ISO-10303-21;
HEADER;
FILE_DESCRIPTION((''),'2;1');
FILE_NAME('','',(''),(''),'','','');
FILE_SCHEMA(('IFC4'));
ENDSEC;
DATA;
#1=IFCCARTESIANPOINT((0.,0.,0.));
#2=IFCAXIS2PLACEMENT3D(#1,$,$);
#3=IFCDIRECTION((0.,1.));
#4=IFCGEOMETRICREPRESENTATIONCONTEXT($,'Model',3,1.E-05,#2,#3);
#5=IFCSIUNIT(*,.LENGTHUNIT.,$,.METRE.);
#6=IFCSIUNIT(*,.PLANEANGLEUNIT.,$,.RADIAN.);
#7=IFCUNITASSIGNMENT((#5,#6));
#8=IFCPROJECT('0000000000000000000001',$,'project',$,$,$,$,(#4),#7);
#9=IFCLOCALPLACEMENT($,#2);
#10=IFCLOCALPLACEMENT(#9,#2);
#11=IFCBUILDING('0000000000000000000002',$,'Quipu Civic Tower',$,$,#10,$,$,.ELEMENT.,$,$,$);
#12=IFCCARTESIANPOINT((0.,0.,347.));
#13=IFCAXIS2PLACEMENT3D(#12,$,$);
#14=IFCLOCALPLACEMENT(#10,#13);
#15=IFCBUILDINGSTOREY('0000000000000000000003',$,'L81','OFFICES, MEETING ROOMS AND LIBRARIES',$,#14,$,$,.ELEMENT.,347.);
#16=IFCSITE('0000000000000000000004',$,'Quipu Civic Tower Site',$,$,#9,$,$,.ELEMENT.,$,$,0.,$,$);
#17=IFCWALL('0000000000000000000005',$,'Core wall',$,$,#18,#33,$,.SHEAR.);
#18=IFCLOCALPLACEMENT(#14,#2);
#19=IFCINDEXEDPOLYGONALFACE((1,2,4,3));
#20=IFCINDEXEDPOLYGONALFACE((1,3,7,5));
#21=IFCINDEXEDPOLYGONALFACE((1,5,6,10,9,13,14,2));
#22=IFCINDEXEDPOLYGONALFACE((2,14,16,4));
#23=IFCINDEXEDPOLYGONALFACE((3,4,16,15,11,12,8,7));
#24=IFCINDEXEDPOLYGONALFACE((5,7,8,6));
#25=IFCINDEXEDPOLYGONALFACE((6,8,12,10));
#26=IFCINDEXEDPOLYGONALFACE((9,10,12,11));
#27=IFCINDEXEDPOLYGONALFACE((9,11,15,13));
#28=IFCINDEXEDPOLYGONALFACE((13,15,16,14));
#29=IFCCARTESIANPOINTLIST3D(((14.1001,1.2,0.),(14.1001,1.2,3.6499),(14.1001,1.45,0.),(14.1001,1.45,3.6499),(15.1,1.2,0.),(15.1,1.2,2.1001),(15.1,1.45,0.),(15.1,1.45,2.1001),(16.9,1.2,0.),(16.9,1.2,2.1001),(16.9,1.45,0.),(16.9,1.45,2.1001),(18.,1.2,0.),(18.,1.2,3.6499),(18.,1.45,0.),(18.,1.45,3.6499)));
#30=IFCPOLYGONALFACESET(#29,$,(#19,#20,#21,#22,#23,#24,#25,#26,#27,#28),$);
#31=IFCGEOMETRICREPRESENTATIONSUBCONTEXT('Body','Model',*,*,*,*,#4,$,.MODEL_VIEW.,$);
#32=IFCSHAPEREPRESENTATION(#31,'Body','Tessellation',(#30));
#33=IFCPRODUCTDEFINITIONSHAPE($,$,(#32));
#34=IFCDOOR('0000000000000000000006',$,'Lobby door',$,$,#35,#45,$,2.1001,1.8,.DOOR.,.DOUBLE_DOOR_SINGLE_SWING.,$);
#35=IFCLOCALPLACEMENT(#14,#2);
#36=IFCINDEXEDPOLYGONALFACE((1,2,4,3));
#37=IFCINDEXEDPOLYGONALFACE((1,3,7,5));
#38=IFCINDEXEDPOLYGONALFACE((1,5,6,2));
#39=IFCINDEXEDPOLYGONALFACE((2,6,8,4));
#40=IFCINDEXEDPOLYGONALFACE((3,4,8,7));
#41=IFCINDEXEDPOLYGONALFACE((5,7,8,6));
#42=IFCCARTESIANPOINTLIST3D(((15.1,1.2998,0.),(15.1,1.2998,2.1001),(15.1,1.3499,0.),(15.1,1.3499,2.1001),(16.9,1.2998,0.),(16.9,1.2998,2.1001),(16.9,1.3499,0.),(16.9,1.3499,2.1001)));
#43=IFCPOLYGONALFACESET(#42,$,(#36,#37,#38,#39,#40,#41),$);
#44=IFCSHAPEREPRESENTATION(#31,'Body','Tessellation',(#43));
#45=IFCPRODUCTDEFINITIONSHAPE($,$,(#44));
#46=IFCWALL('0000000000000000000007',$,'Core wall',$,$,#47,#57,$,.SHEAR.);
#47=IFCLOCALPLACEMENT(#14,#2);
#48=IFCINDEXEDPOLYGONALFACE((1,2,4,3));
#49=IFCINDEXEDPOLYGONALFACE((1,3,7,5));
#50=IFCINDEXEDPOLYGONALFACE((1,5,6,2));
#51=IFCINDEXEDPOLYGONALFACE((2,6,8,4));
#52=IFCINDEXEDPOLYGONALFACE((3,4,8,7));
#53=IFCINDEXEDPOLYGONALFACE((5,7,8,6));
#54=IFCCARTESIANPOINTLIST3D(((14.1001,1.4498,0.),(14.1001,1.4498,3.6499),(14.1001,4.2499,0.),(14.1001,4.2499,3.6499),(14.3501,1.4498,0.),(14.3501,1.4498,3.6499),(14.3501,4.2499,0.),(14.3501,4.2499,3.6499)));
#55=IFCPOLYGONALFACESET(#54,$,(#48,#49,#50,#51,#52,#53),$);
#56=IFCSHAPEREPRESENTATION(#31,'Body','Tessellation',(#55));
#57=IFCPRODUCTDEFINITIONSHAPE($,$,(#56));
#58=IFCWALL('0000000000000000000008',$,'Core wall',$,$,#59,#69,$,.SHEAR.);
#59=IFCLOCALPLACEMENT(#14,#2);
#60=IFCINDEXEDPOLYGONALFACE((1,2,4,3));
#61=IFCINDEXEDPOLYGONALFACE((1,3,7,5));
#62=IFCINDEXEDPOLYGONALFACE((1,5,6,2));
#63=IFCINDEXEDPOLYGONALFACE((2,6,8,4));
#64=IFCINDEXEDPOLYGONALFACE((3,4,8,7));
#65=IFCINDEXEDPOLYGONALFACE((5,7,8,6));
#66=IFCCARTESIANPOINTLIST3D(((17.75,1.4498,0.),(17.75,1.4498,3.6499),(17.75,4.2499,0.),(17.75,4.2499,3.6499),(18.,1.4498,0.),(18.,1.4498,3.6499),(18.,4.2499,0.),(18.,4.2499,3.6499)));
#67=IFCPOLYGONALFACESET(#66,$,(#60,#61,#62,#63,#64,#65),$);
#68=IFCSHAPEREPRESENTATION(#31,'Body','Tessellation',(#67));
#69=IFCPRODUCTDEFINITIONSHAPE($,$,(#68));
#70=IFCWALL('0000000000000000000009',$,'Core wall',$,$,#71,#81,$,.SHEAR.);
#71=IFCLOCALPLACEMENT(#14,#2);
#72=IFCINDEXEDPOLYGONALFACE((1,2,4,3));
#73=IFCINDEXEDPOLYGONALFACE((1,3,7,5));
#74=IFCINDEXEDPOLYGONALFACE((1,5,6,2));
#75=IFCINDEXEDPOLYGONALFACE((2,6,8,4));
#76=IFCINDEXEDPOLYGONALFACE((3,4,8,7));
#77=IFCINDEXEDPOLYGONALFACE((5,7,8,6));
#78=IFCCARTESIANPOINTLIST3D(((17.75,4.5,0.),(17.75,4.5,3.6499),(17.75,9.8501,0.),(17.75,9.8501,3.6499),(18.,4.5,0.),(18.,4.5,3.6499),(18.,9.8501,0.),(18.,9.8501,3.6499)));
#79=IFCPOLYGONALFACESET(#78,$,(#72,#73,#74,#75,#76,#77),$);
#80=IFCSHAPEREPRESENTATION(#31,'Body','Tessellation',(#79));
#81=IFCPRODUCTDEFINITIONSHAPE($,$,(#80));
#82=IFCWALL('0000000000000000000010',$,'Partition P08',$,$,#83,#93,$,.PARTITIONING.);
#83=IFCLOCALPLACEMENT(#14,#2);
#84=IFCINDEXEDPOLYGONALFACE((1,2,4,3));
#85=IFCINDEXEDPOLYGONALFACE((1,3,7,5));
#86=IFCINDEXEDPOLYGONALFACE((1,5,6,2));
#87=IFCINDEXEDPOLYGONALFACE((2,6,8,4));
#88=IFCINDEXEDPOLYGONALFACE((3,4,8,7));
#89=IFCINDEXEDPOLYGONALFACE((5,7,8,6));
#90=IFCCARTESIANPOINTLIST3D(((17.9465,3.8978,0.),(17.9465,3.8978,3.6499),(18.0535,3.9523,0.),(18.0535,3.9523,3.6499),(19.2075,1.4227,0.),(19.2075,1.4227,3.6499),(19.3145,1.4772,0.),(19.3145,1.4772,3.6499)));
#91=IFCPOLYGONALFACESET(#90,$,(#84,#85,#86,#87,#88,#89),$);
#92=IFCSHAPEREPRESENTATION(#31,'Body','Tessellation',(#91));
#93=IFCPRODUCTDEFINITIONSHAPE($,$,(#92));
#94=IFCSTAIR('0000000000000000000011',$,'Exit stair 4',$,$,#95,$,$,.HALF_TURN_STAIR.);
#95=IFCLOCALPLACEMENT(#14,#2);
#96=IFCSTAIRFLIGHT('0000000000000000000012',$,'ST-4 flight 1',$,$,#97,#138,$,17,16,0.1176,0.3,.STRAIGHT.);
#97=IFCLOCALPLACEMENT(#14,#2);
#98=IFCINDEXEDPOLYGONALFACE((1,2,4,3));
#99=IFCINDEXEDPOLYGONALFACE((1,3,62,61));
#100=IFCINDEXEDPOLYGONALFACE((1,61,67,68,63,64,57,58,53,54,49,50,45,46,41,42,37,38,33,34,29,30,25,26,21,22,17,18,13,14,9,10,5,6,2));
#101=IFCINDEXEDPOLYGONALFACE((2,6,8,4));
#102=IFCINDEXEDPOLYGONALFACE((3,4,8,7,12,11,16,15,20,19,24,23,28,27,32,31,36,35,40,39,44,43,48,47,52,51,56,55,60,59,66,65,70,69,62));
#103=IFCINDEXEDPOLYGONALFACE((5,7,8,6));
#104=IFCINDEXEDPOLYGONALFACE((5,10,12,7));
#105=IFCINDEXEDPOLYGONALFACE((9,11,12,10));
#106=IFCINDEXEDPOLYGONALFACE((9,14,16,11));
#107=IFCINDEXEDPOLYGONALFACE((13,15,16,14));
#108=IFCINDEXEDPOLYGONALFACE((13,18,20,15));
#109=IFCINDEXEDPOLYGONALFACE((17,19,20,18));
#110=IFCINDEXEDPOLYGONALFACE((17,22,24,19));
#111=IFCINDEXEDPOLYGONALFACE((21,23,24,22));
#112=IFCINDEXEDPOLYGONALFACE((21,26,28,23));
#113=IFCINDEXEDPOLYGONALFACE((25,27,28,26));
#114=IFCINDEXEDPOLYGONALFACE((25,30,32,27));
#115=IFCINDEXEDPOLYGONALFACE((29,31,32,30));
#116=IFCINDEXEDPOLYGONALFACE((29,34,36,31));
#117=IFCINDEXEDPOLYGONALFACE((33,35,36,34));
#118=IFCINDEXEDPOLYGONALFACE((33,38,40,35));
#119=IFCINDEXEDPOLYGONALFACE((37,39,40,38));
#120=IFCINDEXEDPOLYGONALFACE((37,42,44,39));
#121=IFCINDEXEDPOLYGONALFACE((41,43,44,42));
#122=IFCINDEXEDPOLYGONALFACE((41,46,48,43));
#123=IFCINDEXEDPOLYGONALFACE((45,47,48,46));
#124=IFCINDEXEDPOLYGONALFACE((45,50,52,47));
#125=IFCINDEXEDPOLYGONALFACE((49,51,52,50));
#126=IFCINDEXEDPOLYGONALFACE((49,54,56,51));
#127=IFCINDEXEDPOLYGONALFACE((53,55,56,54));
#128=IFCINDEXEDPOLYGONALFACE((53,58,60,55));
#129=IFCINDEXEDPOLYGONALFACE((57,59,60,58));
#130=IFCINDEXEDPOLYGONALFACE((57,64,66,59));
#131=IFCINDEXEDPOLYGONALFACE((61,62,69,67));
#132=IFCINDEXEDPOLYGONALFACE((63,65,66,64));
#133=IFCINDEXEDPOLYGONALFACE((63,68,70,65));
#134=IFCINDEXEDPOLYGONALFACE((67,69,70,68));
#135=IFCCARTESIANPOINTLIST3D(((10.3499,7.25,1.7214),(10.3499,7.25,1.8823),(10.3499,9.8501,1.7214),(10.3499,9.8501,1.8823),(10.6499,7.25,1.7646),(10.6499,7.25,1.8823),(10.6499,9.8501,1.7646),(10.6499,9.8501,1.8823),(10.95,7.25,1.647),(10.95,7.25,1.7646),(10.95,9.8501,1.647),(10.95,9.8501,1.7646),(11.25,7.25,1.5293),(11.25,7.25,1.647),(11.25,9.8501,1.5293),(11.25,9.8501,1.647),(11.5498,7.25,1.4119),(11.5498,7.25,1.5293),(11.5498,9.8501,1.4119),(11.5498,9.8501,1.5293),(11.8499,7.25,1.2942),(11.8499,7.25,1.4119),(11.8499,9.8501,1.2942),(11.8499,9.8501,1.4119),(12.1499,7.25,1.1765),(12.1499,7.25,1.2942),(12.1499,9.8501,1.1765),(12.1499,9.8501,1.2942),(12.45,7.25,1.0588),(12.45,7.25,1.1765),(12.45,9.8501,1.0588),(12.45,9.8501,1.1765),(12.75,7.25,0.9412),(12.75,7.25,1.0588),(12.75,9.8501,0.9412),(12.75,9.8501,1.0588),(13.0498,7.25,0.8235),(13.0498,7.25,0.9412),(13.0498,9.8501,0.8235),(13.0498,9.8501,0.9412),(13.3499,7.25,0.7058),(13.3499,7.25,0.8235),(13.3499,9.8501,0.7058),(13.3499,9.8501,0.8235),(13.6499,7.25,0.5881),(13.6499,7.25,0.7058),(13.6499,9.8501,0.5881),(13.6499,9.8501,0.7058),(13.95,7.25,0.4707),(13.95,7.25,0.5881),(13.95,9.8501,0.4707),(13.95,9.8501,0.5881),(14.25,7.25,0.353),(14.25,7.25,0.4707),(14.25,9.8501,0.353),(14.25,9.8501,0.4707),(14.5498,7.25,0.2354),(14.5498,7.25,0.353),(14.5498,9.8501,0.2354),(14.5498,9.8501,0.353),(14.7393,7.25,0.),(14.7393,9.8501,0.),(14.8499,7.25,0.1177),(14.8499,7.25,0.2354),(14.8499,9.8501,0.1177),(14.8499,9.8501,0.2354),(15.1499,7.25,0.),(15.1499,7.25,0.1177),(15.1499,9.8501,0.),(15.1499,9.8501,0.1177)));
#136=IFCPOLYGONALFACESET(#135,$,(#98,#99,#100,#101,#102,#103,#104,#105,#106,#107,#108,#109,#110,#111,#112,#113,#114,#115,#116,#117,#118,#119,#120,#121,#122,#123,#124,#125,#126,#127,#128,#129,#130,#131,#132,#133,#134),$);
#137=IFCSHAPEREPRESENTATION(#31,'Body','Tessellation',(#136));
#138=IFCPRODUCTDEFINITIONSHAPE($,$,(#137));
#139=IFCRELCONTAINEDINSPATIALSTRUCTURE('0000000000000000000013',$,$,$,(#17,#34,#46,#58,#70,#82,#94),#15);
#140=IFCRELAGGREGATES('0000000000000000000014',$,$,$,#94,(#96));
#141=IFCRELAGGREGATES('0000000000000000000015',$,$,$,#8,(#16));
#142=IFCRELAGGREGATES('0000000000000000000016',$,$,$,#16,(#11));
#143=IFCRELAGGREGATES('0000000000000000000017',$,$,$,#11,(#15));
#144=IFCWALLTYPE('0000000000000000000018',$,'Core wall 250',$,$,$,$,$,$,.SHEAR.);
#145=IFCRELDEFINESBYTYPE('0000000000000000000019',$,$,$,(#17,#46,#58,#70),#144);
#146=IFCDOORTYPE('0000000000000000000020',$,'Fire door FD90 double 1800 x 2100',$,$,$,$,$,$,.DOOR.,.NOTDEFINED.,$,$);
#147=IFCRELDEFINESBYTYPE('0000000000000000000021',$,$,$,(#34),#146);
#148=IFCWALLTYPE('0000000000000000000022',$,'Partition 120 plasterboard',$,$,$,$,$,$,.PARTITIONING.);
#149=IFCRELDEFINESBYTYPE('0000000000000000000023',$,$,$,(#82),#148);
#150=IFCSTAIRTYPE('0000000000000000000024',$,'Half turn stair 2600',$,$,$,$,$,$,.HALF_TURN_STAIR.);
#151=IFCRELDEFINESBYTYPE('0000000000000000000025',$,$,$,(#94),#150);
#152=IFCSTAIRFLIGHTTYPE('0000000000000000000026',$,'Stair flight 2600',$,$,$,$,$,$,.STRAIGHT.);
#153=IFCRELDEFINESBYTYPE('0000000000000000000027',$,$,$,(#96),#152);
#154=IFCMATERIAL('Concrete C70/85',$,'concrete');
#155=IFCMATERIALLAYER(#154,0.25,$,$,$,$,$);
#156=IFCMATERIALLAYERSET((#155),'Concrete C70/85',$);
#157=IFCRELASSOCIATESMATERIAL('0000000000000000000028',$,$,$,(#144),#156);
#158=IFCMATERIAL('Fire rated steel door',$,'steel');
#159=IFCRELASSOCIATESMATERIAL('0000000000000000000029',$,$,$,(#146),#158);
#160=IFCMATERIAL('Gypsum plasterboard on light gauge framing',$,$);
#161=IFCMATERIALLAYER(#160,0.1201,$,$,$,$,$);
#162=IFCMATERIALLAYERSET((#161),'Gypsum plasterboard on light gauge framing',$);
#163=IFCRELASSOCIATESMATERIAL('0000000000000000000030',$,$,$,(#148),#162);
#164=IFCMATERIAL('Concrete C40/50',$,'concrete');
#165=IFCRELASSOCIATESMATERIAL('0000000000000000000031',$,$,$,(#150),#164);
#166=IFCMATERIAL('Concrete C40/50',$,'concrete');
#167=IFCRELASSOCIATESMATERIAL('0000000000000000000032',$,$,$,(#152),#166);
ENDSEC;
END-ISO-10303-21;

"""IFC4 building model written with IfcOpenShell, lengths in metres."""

from ifc_helpers import new_model, si_unit, direction, frame, frame_2d, origin, place, context, subcontext, project, spatial, polyline, rectangle, outline, extrude, material, layer, layer_set, type_object, element, fill, aggregate, save


model = new_model("IFC4")

# Units and contexts
model_context = context("Model", 3, precision=1e-05, world=origin(), true_north=direction((0.0, 1.0)))
body_context = subcontext(model_context, "Body", "Model", "MODEL_VIEW")
ifc_project = project(units=[si_unit("LENGTHUNIT", "METRE"), si_unit("PLANEANGLEUNIT", "RADIAN")], contexts=[model_context])

# Site, building, storey
site_placement = place(None, origin())
site = spatial("IfcSite", under=ifc_project, at=site_placement, Name="Quipu Civic Tower Site", CompositionType="ELEMENT", RefElevation=0.0)
building_placement = place(site_placement, origin())
building = spatial("IfcBuilding", under=site, at=building_placement, Name="Quipu Civic Tower", CompositionType="ELEMENT")
storey_placement = place(building_placement, frame((0.0, 0.0, 347.0)))
storey = spatial("IfcBuildingStorey", under=building, at=storey_placement, Name="L81", Description="OFFICES, MEETING ROOMS AND LIBRARIES", CompositionType="ELEMENT", Elevation=347.0)

# Wall, opening, door
ifc_material_1 = material(Name="Concrete C70/85", Category="concrete")
ifc_layer_1 = layer(ifc_material_1, 0.25)
ifc_layer_set_1 = layer_set([ifc_layer_1], Name="Concrete C70/85")
wall_type_1 = type_object("IfcWallType", Name="Core wall 250", PredefinedType="SHEAR", material=ifc_layer_set_1)
wall_1_placement = place(storey_placement, frame((14.1001, 1.325, 0.0), z_axis=(0.0, 0.0, 1.0), x_axis=(1.0, 0.0, 0.0)))
wall_1 = element("IfcWall", 1, at=wall_1_placement, inside=storey, type_object=wall_type_1, Name="Core wall", PredefinedType="SHEAR", context=body_context, shape_type="SweptSolid", body=[
    extrude(rectangle(XDim=3.8999, YDim=0.25, at=frame_2d((1.95, 0.0))), origin(), (0.0, 0.0, 1.0), 3.6499),
])
opening_placement = place(wall_1_placement, frame((1.0, 0.0, 0.0)))
opening = element("IfcOpeningElement", 2, at=opening_placement, cuts=wall_1, PredefinedType="OPENING", context=body_context, shape_type="SweptSolid", body=[
    extrude(rectangle(XDim=1.8, YDim=2.1001, at=frame_2d((0.8999, 1.05))), frame((0.0, 0.135, 0.0), z_axis=(0.0, -1.0, 0.0), x_axis=(1.0, 0.0, 0.0)), (0.0, 0.0, 1.0), 0.27),
])
ifc_material_2 = material(Name="Fire rated steel door", Category="steel")
door_type = type_object("IfcDoorType", Name="Fire door FD90 double 1800 x 2100", OperationType="NOTDEFINED", PredefinedType="DOOR", material=ifc_material_2)
door_placement = place(opening_placement, origin())
door = element("IfcDoor", 3, at=door_placement, inside=storey, type_object=door_type, Name="Lobby door", OperationType="DOUBLE_DOOR_SINGLE_SWING", OverallHeight=2.1001, OverallWidth=1.8, PredefinedType="DOOR", context=body_context, shape_type="SweptSolid", body=[
    extrude(rectangle(XDim=1.8, YDim=2.1001, at=frame_2d((0.8999, 1.05))), frame((0.0, 0.0249, 0.0), z_axis=(0.0, -1.0, 0.0), x_axis=(1.0, 0.0, 0.0)), (0.0, 0.0, 1.0), 0.05),
])
fill(opening, door)

# Walls
for number, where, z_axis, x_axis, name in (
    (4, (14.2251, 1.45, 0.0), (0.0, 0.0, 1.0), (0.0, 1.0, 0.0), "Core wall"),
    (5, (17.875, 1.45, 0.0), (0.0, 0.0, 1.0), (0.0, 1.0, 0.0), "Core wall"),
):
    element("IfcWall", number, at=place(storey_placement, frame(where, z_axis=z_axis, x_axis=x_axis)), inside=storey, type_object=wall_type_1, Name=name, PredefinedType="SHEAR", context=body_context, shape_type="SweptSolid", body=[
        extrude(rectangle(XDim=2.8, YDim=0.25, at=frame_2d((1.3999, 0.0))), origin(), (0.0, 0.0, 1.0), 3.6499),
    ])
wall_2_placement = place(storey_placement, frame((17.875, 4.5, 0.0), z_axis=(0.0, 0.0, 1.0), x_axis=(0.0, 1.0, 0.0)))
element("IfcWall", 6, at=wall_2_placement, inside=storey, type_object=wall_type_1, Name="Core wall", PredefinedType="SHEAR", context=body_context, shape_type="SweptSolid", body=[
    extrude(rectangle(XDim=5.3501, YDim=0.25, at=frame_2d((2.675, 0.0))), origin(), (0.0, 0.0, 1.0), 3.6499),
])
ifc_material_3 = material(Name="Gypsum plasterboard on light gauge framing")
ifc_layer_2 = layer(ifc_material_3, 0.1201)
ifc_layer_set_2 = layer_set([ifc_layer_2], Name="Gypsum plasterboard on light gauge framing")
wall_type_2 = type_object("IfcWallType", Name="Partition 120 plasterboard", PredefinedType="PARTITIONING", material=ifc_layer_set_2)
wall_3_placement = place(storey_placement, frame((18.0, 3.925, 0.0), z_axis=(0.0, 0.0, 1.0), x_axis=(0.453951, -0.891027, 0.0)))
element("IfcWall", 7, at=wall_3_placement, inside=storey, type_object=wall_type_2, Name="Partition P08", PredefinedType="PARTITIONING", context=body_context, shape_type="SweptSolid", body=[
    extrude(rectangle(XDim=2.7778, YDim=0.1201, at=frame_2d((1.3889, 0.0))), origin(), (0.0, 0.0, 1.0), 3.6499),
])

# Stair, stair flight
ifc_material_4 = material(Name="Concrete C40/50", Category="concrete")
stair_type = type_object("IfcStairType", Name="Half turn stair 2600", PredefinedType="HALF_TURN_STAIR", material=ifc_material_4)
stair_placement = place(storey_placement, origin())
stair = element("IfcStair", 8, at=stair_placement, inside=storey, type_object=stair_type, Name="Exit stair 4", PredefinedType="HALF_TURN_STAIR")
ifc_material_5 = material(Name="Concrete C40/50", Category="concrete")
stair_flight_type = type_object("IfcStairFlightType", Name="Stair flight 2600", PredefinedType="STRAIGHT", material=ifc_material_5)
stair_flight_placement = place(storey_placement, frame((15.1499, 8.55, 0.0), z_axis=(0.0, 0.0, 1.0), x_axis=(-1.0, 0.0, 0.0)))
stair_flight = element("IfcStairFlight", 9, at=stair_flight_placement, type_object=stair_flight_type, Name="ST-4 flight 1", NumberOfRisers=17, NumberOfTreads=16, PredefinedType="STRAIGHT", RiserHeight=0.1176, TreadLength=0.3, context=body_context, shape_type="SweptSolid", body=[
    extrude(outline(polyline([(0.0, 0.0), (0.0, 0.1177), (0.3, 0.1177), (0.3, 0.2354), (0.6001, 0.2354), (0.6001, 0.353), (0.8999, 0.353), (0.8999, 0.4707), (1.2, 0.4707), (1.2, 0.5881), (1.5, 0.5881), (1.5, 0.7058), (1.8, 0.7058), (1.8, 0.8235), (2.1001, 0.8235), (2.1001, 0.9412), (2.3999, 0.9412), (2.3999, 1.0588), (2.7, 1.0588), (2.7, 1.1765), (3.0, 1.1765), (3.0, 1.2942), (3.3, 1.2942), (3.3, 1.4119), (3.6001, 1.4119), (3.6001, 1.5293), (3.8999, 1.5293), (3.8999, 1.647), (4.2, 1.647), (4.2, 1.7646), (4.5, 1.7646), (4.5, 1.8823), (4.8, 1.8823), (4.8, 2.0), (4.8, 1.7214), (0.4106, 0.0), (0.0, 0.0)])), frame((0.0, 1.3, 0.0), z_axis=(0.0, -1.0, 0.0), x_axis=(1.0, 0.0, 0.0)), (0.0, 0.0, 1.0), 2.6001),
])
aggregate(stair, [stair_flight])

save(model, "model.ifc")
